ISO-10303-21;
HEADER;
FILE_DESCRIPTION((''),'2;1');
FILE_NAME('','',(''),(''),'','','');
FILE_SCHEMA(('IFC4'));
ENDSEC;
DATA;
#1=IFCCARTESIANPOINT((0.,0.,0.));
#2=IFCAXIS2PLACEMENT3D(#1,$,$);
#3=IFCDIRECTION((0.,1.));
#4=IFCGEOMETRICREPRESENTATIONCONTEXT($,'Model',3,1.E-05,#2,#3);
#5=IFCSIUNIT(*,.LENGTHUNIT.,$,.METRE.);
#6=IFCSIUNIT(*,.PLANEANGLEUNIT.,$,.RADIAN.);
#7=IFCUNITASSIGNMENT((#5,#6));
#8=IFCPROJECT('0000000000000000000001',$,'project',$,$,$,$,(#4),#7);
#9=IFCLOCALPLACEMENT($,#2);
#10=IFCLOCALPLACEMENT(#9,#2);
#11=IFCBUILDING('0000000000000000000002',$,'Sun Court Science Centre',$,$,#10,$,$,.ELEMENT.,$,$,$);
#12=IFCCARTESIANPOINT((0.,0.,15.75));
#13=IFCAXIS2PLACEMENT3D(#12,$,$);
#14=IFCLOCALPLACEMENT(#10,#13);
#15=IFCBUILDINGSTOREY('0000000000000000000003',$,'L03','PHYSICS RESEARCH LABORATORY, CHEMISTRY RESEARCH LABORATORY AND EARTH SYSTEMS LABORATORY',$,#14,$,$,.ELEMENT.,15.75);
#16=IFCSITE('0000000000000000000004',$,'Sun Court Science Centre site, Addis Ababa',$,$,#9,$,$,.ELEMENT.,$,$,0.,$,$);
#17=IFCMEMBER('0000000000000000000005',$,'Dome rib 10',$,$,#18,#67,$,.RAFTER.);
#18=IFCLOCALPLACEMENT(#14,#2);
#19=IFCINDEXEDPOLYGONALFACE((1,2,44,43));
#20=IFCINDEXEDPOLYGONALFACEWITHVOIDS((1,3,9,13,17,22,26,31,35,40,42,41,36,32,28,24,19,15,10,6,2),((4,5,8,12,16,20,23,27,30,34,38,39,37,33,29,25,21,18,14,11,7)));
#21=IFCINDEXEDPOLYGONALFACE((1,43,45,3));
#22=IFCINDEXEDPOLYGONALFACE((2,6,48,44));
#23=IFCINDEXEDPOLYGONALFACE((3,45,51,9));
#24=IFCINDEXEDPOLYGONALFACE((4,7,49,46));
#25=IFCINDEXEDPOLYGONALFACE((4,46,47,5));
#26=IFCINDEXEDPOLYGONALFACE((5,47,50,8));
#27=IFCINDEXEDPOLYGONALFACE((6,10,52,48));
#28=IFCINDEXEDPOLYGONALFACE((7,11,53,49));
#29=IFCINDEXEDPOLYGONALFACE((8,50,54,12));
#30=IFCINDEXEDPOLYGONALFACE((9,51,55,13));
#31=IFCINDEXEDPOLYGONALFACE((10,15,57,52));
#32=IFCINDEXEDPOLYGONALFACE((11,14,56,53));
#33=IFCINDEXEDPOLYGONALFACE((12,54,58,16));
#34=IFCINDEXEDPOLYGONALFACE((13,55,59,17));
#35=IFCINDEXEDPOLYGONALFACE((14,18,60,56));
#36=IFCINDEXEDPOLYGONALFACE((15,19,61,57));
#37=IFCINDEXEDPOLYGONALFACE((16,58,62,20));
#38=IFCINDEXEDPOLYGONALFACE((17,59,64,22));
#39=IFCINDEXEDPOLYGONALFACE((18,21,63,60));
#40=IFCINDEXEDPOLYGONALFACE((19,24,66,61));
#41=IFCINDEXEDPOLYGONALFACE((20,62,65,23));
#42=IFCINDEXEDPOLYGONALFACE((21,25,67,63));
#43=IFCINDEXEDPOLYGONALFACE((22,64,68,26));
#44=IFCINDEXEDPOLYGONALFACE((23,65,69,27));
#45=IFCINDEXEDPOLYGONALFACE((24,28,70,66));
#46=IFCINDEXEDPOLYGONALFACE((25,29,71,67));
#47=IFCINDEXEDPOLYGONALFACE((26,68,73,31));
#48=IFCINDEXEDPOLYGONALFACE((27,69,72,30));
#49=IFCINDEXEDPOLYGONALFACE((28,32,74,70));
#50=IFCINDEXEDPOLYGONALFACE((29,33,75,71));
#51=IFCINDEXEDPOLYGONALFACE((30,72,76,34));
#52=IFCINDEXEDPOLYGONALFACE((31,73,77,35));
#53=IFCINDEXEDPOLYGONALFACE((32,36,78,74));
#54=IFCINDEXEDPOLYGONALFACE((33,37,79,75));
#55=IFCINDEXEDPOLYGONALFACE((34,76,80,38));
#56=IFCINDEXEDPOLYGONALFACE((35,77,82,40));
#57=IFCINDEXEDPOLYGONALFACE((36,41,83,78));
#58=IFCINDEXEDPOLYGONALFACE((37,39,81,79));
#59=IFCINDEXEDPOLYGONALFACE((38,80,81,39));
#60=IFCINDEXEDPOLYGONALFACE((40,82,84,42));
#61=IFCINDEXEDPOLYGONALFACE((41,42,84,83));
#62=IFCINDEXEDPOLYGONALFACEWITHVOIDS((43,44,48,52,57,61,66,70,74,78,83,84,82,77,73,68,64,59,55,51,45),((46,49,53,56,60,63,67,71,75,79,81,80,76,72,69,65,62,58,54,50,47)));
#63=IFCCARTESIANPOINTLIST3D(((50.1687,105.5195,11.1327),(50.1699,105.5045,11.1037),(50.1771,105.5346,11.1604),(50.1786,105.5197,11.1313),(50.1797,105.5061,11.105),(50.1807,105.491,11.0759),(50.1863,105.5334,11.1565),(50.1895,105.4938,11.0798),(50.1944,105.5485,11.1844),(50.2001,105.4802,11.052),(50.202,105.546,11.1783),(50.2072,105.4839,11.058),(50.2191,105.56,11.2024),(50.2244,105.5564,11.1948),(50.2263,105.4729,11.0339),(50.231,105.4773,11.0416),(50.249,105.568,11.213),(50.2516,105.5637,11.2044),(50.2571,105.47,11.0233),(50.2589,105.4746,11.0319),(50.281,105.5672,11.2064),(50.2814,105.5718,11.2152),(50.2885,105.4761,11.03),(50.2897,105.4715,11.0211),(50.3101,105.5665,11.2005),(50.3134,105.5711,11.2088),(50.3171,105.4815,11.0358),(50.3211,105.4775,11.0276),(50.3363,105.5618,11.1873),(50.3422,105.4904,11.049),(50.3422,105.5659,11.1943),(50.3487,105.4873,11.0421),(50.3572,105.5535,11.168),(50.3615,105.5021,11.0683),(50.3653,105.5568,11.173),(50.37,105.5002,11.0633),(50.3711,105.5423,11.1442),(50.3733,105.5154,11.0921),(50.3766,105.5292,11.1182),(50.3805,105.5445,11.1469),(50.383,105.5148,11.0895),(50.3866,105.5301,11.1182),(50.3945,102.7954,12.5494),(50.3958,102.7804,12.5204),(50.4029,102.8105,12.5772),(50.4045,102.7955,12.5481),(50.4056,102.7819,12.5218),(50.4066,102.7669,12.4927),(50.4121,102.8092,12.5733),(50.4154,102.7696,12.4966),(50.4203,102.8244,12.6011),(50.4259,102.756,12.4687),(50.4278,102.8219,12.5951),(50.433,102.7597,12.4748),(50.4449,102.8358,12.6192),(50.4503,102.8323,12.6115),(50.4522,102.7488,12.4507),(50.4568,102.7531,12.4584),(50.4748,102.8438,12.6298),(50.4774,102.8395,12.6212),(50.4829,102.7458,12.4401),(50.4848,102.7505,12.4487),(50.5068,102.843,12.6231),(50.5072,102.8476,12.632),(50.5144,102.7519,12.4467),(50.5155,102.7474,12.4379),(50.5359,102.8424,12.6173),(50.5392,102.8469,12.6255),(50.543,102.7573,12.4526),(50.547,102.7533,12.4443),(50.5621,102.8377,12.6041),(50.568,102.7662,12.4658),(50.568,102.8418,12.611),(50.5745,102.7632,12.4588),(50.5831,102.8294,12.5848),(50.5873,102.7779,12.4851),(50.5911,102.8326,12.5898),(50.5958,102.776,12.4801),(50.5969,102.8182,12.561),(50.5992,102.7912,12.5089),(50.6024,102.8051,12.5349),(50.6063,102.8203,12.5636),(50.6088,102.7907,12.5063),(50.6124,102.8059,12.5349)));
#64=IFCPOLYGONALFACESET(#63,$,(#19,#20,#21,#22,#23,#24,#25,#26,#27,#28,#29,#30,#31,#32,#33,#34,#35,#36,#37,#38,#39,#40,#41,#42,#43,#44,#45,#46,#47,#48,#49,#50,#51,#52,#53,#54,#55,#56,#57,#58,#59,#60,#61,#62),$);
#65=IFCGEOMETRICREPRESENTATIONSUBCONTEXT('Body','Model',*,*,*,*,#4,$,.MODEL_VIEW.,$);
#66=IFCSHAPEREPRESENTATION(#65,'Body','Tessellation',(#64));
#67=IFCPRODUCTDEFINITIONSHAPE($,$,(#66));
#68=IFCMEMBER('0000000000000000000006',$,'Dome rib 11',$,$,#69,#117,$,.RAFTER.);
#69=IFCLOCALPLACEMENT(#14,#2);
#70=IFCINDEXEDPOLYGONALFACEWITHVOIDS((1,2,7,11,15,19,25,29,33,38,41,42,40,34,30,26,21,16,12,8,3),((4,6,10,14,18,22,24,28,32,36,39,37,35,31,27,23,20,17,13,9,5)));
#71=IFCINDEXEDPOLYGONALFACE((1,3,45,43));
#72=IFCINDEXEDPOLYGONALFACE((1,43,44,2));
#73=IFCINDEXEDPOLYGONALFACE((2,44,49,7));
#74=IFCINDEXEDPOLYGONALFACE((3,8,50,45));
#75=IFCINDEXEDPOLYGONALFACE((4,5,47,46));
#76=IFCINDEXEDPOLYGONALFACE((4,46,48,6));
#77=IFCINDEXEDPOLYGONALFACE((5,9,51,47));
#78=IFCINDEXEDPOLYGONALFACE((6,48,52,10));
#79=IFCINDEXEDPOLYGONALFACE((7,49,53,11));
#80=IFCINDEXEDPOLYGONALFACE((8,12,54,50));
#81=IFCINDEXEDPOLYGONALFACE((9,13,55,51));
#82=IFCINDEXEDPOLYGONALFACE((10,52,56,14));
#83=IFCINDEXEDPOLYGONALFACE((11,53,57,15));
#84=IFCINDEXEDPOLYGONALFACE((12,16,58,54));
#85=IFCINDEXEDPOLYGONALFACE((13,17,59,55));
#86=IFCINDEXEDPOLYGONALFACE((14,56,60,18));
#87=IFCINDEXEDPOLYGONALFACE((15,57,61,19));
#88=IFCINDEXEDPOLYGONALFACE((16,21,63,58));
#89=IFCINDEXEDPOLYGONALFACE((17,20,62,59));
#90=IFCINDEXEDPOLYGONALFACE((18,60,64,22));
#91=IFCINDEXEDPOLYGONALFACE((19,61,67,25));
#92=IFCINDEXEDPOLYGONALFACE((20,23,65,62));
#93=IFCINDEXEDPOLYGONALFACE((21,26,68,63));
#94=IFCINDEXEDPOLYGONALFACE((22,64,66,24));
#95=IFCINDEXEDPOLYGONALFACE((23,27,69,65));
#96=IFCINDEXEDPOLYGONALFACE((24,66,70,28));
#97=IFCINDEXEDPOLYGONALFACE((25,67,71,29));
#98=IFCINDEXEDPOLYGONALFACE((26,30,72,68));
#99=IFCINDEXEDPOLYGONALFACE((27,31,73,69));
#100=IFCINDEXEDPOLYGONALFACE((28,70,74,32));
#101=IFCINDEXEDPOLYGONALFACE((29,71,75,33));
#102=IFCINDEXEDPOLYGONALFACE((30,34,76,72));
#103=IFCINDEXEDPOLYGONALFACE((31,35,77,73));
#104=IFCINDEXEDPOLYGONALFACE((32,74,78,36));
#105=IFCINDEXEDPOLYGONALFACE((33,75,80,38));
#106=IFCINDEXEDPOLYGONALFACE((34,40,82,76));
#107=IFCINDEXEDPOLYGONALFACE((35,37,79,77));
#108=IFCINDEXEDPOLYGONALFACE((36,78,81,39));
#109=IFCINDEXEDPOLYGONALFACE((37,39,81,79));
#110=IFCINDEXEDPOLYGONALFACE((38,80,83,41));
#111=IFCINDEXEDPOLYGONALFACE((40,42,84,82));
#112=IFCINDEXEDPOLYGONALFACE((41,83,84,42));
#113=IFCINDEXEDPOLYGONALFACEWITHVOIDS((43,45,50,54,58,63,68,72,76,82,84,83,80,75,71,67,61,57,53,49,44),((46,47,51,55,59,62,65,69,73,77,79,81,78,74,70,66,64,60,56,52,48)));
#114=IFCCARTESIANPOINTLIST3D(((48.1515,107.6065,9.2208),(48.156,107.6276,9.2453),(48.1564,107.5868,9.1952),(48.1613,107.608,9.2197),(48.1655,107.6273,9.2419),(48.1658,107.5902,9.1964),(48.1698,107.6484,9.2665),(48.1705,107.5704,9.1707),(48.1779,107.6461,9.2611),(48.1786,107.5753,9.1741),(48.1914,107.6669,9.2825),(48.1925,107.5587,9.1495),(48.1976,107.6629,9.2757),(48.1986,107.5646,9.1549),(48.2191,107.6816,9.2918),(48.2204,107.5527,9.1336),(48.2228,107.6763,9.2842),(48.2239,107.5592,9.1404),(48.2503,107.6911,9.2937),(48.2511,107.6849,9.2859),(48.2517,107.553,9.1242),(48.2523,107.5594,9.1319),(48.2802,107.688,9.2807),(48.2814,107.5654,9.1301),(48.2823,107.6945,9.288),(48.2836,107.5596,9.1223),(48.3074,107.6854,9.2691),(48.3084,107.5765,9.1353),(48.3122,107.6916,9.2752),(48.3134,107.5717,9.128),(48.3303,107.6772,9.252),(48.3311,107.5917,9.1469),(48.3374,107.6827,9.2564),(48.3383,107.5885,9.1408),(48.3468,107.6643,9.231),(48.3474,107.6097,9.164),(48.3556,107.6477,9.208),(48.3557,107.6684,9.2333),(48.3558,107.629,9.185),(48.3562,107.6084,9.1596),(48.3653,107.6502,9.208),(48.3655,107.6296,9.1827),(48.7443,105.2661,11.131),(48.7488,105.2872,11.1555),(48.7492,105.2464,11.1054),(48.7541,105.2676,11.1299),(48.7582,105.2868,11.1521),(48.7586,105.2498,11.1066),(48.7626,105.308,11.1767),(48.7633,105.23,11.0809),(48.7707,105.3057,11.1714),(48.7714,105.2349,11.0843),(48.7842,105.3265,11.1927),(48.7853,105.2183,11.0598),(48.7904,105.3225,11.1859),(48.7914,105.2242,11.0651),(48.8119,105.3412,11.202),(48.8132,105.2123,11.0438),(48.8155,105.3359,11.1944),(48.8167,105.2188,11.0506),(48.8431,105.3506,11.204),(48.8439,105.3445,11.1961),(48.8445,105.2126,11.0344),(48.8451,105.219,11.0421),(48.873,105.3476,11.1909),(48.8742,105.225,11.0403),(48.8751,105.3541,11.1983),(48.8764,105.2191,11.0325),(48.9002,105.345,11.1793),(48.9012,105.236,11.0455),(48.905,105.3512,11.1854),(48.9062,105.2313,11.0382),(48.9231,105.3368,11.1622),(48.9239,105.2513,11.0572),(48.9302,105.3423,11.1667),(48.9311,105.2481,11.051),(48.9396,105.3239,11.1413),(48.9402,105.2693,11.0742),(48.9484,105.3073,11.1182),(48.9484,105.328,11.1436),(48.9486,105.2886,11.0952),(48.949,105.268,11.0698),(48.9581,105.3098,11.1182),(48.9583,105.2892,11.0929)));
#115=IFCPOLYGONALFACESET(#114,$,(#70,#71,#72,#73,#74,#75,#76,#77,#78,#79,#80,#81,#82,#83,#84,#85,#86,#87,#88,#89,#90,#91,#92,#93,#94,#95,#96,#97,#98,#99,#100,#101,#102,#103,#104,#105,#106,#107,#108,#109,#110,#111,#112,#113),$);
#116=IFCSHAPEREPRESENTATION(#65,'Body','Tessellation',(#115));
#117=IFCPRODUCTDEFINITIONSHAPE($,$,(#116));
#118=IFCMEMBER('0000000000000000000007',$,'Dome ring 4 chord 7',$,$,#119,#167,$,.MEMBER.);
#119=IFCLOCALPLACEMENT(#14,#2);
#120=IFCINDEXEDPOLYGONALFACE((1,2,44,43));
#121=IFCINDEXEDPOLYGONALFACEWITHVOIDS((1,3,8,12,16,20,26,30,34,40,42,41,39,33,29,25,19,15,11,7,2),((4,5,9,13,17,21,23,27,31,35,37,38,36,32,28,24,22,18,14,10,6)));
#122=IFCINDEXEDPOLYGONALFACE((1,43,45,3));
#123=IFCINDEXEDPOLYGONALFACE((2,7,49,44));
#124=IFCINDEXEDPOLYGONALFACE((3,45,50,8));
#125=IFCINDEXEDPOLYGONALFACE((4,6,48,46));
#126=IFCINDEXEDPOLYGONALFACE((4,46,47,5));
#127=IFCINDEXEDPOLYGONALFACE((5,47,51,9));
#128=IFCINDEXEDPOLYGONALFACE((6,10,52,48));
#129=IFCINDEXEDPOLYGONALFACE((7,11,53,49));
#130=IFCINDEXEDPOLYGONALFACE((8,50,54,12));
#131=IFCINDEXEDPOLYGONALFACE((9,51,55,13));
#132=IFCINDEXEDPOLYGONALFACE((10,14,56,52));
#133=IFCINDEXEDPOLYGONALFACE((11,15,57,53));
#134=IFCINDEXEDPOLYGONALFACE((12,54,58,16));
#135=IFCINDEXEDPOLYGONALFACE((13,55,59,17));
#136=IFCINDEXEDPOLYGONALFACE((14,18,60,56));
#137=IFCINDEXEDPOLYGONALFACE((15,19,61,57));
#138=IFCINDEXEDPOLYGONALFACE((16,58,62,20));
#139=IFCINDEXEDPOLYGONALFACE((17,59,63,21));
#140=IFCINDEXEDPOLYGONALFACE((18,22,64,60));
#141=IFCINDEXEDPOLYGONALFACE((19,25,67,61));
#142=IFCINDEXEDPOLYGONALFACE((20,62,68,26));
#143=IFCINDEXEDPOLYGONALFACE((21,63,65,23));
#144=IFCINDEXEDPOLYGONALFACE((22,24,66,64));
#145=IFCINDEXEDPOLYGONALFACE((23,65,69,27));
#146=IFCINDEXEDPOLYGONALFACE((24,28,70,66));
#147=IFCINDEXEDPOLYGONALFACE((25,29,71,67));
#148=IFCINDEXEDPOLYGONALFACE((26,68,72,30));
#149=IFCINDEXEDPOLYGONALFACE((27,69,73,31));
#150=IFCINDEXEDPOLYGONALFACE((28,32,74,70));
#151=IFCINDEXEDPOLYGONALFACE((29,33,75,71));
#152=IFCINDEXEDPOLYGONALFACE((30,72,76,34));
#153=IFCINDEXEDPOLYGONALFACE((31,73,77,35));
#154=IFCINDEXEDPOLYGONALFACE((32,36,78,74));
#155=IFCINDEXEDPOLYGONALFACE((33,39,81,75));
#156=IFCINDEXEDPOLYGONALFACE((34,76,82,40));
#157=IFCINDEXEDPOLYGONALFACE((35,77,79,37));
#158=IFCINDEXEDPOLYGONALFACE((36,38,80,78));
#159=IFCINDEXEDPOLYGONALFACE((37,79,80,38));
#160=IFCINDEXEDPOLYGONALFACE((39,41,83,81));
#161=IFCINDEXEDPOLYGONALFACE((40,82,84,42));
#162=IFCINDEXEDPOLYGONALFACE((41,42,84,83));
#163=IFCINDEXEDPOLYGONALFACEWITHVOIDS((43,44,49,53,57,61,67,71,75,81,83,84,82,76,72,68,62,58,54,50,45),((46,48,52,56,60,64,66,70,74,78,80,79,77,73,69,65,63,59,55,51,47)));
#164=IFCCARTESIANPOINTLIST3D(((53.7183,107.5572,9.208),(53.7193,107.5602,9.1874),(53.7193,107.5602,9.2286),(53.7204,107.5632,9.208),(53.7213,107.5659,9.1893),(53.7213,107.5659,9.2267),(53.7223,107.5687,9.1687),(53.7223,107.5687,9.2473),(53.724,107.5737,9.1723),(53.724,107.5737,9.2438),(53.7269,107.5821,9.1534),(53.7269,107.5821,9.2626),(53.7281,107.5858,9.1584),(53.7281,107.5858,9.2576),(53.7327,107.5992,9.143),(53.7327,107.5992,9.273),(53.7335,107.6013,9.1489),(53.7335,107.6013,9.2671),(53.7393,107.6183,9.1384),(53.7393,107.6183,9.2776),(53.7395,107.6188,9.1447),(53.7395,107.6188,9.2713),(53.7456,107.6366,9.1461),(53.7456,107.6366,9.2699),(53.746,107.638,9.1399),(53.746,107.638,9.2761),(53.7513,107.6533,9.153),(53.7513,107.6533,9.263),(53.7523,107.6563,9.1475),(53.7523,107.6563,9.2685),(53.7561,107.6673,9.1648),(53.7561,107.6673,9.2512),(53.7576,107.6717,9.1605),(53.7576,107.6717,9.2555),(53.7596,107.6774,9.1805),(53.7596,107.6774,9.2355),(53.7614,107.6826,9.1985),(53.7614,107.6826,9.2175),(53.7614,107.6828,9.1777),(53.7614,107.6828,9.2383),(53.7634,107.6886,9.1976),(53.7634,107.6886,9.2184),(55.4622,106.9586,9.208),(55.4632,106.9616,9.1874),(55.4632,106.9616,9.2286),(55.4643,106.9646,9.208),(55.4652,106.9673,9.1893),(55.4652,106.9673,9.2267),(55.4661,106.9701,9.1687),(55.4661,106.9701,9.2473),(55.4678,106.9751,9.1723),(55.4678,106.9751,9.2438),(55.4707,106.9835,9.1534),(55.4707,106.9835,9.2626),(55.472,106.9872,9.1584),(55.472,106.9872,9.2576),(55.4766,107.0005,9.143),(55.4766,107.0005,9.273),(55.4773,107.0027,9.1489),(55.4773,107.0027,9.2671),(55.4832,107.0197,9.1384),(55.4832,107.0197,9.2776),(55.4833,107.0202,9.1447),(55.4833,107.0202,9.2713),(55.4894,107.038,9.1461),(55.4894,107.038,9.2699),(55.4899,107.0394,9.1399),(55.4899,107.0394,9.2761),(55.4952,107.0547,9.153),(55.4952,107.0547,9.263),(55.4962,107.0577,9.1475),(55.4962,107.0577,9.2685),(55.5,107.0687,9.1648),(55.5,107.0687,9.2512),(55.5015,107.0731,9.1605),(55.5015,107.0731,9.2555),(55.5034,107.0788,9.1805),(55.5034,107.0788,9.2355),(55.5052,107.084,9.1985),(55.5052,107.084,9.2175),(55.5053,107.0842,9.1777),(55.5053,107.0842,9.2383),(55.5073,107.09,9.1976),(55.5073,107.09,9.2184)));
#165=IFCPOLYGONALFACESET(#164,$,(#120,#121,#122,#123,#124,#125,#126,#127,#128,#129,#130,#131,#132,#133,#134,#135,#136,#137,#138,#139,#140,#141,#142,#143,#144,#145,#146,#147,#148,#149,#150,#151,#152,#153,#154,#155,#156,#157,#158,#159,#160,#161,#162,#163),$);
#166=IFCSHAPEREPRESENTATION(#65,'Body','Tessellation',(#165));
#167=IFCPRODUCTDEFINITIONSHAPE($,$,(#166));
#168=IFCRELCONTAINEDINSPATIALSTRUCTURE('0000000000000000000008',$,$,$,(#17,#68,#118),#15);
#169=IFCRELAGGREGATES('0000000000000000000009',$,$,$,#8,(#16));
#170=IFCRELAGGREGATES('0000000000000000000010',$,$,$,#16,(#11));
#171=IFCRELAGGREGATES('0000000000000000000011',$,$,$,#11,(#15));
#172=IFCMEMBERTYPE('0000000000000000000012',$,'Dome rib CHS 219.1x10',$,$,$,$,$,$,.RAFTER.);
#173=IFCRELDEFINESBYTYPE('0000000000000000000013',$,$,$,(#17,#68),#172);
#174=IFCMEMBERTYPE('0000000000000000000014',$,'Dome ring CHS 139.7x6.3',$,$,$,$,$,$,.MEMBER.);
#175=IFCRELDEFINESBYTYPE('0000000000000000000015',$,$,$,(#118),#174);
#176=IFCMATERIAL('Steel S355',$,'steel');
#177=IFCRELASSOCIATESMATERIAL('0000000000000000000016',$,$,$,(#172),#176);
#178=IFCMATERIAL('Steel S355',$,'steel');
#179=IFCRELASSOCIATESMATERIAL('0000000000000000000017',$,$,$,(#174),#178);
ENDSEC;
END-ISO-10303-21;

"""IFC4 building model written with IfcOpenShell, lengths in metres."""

from ifc_helpers import new_model, si_unit, direction, frame, origin, origin_2d, place, context, subcontext, project, spatial, hollow_circle, extrude, material, material_profile, profile_set, type_object, element, save


model = new_model("IFC4")

# Units and contexts
model_context = context("Model", 3, precision=1e-05, world=origin(), true_north=direction((0.0, 1.0)))
body_context = subcontext(model_context, "Body", "Model", "MODEL_VIEW")
ifc_project = project(units=[si_unit("LENGTHUNIT", "METRE"), si_unit("PLANEANGLEUNIT", "RADIAN")], contexts=[model_context])

# Site, building, storey
site_placement = place(None, origin())
site = spatial("IfcSite", under=ifc_project, at=site_placement, Name="Sun Court Science Centre site, Addis Ababa", CompositionType="ELEMENT", RefElevation=0.0)
building_placement = place(site_placement, origin())
building = spatial("IfcBuilding", under=site, at=building_placement, Name="Sun Court Science Centre", CompositionType="ELEMENT")
storey_placement = place(building_placement, frame((0.0, 0.0, 15.75)))
storey = spatial("IfcBuildingStorey", under=building, at=storey_placement, Name="L03", Description="PHYSICS RESEARCH LABORATORY, CHEMISTRY RESEARCH LABORATORY AND EARTH SYSTEMS LABORATORY", CompositionType="ELEMENT", Elevation=15.75)

# Members
ifc_material_1 = material(Name="Steel S355", Category="steel")
ifc_material_profile_1 = material_profile(ifc_material_1, hollow_circle(Radius=0.1096, WallThickness=0.01, at=origin_2d()), Name="CHS 219.1x10")
ifc_profile_set_1 = profile_set([ifc_material_profile_1], Name="Steel S355")
member_type_1 = type_object("IfcMemberType", Name="Dome rib CHS 219.1x10", PredefinedType="RAFTER", material=ifc_profile_set_1)
member_1_placement = place(storey_placement, frame((50.2773, 105.521, 11.1182), z_axis=(0.07335, -0.8848, 0.460162), x_axis=(0.996581, 0.082617, 0.0)))
element("IfcMember", 1, at=member_1_placement, inside=storey, type_object=member_type_1, Name="Dome rib 10", PredefinedType="RAFTER", context=body_context, shape_type="SweptSolid", body=[
    extrude(hollow_circle(Radius=0.1096, WallThickness=0.01, at=origin_2d()), origin(), (0.0, 0.0, 1.0), 3.0789),
])
member_2_placement = place(storey_placement, frame((48.259, 107.6233, 9.208), z_axis=(0.192552, -0.760216, 0.620481), x_axis=(0.969388, 0.245533, 0.0)))
element("IfcMember", 2, at=member_2_placement, inside=storey, type_object=member_type_1, Name="Dome rib 11", PredefinedType="RAFTER", context=body_context, shape_type="SweptSolid", body=[
    extrude(hollow_circle(Radius=0.1096, WallThickness=0.01, at=origin_2d()), origin(), (0.0, 0.0, 1.0), 3.0786),
])
ifc_material_2 = material(Name="Steel S355", Category="steel")
ifc_material_profile_2 = material_profile(ifc_material_2, hollow_circle(Radius=0.0698, WallThickness=0.0063, at=origin_2d()), Name="CHS 139.7x6.3")
ifc_profile_set_2 = profile_set([ifc_material_profile_2], Name="Steel S355")
member_type_2 = type_object("IfcMemberType", Name="Dome ring CHS 139.7x6.3", PredefinedType="MEMBER", material=ifc_profile_set_2)
member_3_placement = place(storey_placement, frame((55.4849, 107.0247, 9.208), z_axis=(-0.945825, 0.324676, 0.0), x_axis=(-0.324676, -0.945825, 0.0)))
element("IfcMember", 3, at=member_3_placement, inside=storey, type_object=member_type_2, Name="Dome ring 4 chord 7", PredefinedType="MEMBER", context=body_context, shape_type="SweptSolid", body=[
    extrude(hollow_circle(Radius=0.0698, WallThickness=0.0063, at=origin_2d()), origin(), (0.0, 0.0, 1.0), 1.8438),
])

save(model, "model.ifc")
